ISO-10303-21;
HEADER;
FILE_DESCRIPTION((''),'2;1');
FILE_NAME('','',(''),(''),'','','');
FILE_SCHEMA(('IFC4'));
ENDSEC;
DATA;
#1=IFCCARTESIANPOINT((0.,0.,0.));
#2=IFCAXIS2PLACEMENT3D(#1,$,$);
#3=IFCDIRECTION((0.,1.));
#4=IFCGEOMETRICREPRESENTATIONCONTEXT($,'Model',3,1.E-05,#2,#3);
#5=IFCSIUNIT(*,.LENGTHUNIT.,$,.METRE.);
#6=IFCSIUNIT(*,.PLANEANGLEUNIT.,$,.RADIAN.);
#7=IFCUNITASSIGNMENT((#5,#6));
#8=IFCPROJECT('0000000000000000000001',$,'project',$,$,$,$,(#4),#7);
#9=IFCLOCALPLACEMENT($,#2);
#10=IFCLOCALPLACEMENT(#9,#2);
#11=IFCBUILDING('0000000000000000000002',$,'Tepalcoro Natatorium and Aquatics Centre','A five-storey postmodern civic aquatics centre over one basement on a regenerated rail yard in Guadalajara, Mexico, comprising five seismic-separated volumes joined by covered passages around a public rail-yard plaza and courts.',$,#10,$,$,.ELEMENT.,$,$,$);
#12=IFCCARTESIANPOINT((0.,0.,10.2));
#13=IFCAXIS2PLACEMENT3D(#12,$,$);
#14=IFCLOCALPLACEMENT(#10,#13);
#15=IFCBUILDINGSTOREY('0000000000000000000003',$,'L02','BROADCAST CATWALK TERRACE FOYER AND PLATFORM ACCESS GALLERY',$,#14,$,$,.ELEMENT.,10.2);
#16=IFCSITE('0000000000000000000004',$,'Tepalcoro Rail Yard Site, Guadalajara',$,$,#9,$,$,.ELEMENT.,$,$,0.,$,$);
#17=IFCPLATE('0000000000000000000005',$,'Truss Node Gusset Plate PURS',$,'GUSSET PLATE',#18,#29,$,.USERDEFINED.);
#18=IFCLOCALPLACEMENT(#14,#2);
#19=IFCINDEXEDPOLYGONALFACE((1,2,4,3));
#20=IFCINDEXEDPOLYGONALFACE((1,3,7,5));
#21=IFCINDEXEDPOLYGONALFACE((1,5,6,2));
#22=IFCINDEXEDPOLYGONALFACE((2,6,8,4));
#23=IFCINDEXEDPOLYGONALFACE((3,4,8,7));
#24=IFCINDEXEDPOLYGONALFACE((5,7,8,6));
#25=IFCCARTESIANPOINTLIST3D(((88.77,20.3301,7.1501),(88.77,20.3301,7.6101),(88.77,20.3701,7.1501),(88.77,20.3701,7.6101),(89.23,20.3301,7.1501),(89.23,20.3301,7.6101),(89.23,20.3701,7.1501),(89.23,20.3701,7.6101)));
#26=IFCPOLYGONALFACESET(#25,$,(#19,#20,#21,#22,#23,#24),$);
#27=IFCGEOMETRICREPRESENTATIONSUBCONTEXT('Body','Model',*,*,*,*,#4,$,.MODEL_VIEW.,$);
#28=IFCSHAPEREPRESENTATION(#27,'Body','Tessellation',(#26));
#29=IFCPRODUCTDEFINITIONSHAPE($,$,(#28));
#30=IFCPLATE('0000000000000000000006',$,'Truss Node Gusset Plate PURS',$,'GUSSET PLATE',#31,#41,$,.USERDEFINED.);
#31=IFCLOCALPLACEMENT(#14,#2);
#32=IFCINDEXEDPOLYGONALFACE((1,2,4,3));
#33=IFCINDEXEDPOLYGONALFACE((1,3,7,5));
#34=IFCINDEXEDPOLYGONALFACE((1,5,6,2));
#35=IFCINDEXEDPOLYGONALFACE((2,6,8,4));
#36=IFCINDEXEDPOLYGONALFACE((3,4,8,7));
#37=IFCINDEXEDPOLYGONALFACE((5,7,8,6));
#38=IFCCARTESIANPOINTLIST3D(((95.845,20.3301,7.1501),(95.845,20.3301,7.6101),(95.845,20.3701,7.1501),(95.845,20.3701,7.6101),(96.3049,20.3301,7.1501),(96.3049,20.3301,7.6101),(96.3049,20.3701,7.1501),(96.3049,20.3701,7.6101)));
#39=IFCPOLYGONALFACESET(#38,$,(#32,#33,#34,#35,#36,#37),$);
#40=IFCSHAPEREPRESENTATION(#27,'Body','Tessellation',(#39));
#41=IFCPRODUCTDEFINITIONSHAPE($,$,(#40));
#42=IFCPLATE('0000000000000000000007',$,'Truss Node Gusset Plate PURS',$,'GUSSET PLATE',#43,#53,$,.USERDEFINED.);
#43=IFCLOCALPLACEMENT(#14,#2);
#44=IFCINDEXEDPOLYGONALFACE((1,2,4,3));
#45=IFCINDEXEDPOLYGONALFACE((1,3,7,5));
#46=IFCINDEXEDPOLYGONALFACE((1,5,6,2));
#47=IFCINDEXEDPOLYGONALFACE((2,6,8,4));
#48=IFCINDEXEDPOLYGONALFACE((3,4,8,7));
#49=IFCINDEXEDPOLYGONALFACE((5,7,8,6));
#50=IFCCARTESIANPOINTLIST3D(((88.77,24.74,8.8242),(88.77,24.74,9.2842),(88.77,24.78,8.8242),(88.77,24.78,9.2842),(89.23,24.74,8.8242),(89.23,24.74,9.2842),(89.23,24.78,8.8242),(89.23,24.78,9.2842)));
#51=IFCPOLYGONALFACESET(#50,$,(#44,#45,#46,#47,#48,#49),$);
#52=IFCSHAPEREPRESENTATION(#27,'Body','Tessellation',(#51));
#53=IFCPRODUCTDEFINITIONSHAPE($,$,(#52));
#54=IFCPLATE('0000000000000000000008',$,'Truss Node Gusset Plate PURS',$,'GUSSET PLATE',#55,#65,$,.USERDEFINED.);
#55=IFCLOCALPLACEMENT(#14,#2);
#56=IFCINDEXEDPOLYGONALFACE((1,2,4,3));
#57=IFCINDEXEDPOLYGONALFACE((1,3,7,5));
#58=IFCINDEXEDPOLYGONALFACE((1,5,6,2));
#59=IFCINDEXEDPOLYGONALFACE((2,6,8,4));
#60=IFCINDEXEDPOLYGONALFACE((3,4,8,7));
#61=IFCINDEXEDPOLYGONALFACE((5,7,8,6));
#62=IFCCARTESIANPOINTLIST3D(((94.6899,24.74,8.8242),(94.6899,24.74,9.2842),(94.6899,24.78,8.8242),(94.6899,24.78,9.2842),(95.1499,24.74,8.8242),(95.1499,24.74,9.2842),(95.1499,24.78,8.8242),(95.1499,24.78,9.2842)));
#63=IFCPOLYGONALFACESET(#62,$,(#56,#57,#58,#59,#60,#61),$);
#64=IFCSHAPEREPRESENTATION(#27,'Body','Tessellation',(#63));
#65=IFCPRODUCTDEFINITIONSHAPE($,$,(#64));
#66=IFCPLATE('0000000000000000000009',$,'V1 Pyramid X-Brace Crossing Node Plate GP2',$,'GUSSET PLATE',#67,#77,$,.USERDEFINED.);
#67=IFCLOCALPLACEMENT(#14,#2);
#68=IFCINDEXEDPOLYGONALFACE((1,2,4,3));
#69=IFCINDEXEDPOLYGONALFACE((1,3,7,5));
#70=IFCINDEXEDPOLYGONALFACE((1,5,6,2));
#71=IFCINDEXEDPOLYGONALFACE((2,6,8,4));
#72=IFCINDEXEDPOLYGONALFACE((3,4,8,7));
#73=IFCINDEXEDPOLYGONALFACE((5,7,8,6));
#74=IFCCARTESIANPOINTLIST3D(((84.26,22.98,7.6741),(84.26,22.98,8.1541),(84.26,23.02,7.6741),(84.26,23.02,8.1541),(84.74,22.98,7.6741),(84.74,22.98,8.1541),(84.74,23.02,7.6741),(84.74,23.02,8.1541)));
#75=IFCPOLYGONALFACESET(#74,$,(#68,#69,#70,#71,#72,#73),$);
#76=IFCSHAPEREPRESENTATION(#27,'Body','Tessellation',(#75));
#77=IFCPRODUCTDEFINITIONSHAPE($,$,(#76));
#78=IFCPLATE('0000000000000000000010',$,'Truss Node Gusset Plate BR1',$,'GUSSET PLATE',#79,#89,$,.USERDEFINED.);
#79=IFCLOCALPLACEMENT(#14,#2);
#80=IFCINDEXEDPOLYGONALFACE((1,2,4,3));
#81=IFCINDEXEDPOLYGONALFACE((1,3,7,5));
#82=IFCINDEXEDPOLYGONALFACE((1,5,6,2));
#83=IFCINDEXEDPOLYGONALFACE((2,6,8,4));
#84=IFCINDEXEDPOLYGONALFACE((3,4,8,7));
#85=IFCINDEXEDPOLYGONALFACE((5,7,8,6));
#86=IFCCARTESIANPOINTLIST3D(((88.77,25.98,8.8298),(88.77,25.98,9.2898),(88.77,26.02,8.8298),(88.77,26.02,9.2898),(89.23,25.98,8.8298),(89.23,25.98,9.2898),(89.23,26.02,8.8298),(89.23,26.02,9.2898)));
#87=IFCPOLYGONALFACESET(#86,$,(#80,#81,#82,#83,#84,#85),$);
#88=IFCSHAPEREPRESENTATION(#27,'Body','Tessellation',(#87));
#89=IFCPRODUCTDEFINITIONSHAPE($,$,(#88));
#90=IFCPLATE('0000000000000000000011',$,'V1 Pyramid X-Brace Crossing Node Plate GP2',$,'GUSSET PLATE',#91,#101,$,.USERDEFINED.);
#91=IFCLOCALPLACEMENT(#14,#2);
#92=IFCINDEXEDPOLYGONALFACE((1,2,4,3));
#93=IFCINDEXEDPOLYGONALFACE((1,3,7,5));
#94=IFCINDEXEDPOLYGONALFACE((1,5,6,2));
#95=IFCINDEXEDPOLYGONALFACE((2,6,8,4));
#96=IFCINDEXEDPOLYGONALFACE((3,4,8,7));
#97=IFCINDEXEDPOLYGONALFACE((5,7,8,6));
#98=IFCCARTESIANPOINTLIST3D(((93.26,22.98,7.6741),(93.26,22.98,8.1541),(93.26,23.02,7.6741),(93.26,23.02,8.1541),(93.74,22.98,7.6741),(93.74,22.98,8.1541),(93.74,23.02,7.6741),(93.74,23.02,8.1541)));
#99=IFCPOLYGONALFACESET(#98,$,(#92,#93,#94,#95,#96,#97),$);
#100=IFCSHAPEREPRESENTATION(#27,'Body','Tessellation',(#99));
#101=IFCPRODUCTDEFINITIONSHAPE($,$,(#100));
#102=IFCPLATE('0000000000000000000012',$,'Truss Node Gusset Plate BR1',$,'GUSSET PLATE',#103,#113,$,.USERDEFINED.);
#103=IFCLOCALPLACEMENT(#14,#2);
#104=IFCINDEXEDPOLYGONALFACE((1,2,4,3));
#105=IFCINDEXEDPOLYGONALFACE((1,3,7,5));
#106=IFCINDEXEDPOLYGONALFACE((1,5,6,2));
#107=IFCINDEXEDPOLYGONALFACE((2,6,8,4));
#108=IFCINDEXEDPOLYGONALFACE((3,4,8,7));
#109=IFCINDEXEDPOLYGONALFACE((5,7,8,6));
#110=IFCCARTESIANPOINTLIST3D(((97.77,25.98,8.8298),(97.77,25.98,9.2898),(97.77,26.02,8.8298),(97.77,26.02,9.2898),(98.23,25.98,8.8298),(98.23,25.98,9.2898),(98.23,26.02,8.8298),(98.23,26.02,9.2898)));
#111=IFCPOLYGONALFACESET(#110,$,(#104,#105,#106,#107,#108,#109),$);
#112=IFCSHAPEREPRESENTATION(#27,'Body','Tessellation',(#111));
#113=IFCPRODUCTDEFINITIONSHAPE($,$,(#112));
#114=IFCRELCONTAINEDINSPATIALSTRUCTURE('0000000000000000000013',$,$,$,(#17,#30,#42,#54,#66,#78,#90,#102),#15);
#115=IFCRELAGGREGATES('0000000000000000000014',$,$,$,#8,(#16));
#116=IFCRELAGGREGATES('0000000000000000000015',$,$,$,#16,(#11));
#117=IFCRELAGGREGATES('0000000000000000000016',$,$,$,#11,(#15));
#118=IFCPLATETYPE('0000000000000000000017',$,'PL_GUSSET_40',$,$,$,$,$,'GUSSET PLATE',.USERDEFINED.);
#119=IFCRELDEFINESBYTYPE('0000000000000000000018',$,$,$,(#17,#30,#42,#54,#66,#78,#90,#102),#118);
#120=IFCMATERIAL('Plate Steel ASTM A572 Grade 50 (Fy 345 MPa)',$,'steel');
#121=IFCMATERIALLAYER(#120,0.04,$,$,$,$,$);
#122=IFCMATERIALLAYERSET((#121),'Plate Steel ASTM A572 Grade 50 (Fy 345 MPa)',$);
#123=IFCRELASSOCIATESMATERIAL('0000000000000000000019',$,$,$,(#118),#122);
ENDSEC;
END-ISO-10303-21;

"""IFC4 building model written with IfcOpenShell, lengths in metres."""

from ifc_helpers import new_model, si_unit, direction, frame, origin, origin_2d, place, context, subcontext, project, spatial, rectangle, extrude, material, layer, layer_set, type_object, element, save


model = new_model("IFC4")

# Units and contexts
model_context = context("Model", 3, precision=1e-05, world=origin(), true_north=direction((0.0, 1.0)))
body_context = subcontext(model_context, "Body", "Model", "MODEL_VIEW")
ifc_project = project(units=[si_unit("LENGTHUNIT", "METRE"), si_unit("PLANEANGLEUNIT", "RADIAN")], contexts=[model_context])

# Site, building, storey
site_placement = place(None, origin())
site = spatial("IfcSite", under=ifc_project, at=site_placement, Name="Tepalcoro Rail Yard Site, Guadalajara", CompositionType="ELEMENT", RefElevation=0.0)
building_placement = place(site_placement, origin())
building = spatial("IfcBuilding", under=site, at=building_placement, Name="Tepalcoro Natatorium and Aquatics Centre", Description="A five-storey postmodern civic aquatics centre over one basement on a regenerated rail yard in Guadalajara, Mexico, comprising five seismic-separated volumes joined by covered passages around a public rail-yard plaza and courts.", CompositionType="ELEMENT")
storey_placement = place(building_placement, frame((0.0, 0.0, 10.2)))
storey = spatial("IfcBuildingStorey", under=building, at=storey_placement, Name="L02", Description="BROADCAST CATWALK TERRACE FOYER AND PLATFORM ACCESS GALLERY", CompositionType="ELEMENT", Elevation=10.2)

# Plates
ifc_material_1 = material(Name="Plate Steel ASTM A572 Grade 50 (Fy 345 MPa)", Category="steel")
ifc_layer_1 = layer(ifc_material_1, 0.04)
ifc_layer_set_1 = layer_set([ifc_layer_1], Name="Plate Steel ASTM A572 Grade 50 (Fy 345 MPa)")
plate_type_1 = type_object("IfcPlateType", Name="PL_GUSSET_40", ElementType="GUSSET PLATE", PredefinedType="USERDEFINED", material=ifc_layer_set_1)
for number, where, z_axis, x_axis, name in (
    (1, (89.0, 20.3501, 7.1501), (0.0, 0.0, 1.0), (1.0, 0.0, 0.0), "Truss Node Gusset Plate PURS"),
    (2, (96.075, 20.3501, 7.1501), (0.0, 0.0, 1.0), (1.0, 0.0, 0.0), "Truss Node Gusset Plate PURS"),
    (3, (89.0, 24.76, 8.8242), (0.0, 0.0, 1.0), (1.0, 0.0, 0.0), "Truss Node Gusset Plate PURS"),
    (4, (94.9199, 24.76, 8.8242), (0.0, 0.0, 1.0), (1.0, 0.0, 0.0), "Truss Node Gusset Plate PURS"),
):
    element("IfcPlate", number, at=place(storey_placement, frame(where, z_axis=z_axis, x_axis=x_axis)), inside=storey, type_object=plate_type_1, Name=name, ObjectType="GUSSET PLATE", PredefinedType="USERDEFINED", context=body_context, shape_type="SweptSolid", body=[
        extrude(rectangle(XDim=0.46, YDim=0.04, at=origin_2d()), origin(), (0.0, 0.0, 1.0), 0.46),
    ])
plate_1_placement = place(storey_placement, frame((84.5, 23.0, 7.6741), z_axis=(0.0, 0.0, 1.0), x_axis=(1.0, 0.0, 0.0)))
element("IfcPlate", 5, at=plate_1_placement, inside=storey, type_object=plate_type_1, Name="V1 Pyramid X-Brace Crossing Node Plate GP2", ObjectType="GUSSET PLATE", PredefinedType="USERDEFINED", context=body_context, shape_type="SweptSolid", body=[
    extrude(rectangle(XDim=0.48, YDim=0.04, at=origin_2d()), origin(), (0.0, 0.0, 1.0), 0.48),
])
plate_2_placement = place(storey_placement, frame((89.0, 26.0, 8.8298), z_axis=(0.0, 0.0, 1.0), x_axis=(1.0, 0.0, 0.0)))
element("IfcPlate", 6, at=plate_2_placement, inside=storey, type_object=plate_type_1, Name="Truss Node Gusset Plate BR1", ObjectType="GUSSET PLATE", PredefinedType="USERDEFINED", context=body_context, shape_type="SweptSolid", body=[
    extrude(rectangle(XDim=0.46, YDim=0.04, at=origin_2d()), origin(), (0.0, 0.0, 1.0), 0.46),
])
plate_3_placement = place(storey_placement, frame((93.5, 23.0, 7.6741), z_axis=(0.0, 0.0, 1.0), x_axis=(1.0, 0.0, 0.0)))
element("IfcPlate", 7, at=plate_3_placement, inside=storey, type_object=plate_type_1, Name="V1 Pyramid X-Brace Crossing Node Plate GP2", ObjectType="GUSSET PLATE", PredefinedType="USERDEFINED", context=body_context, shape_type="SweptSolid", body=[
    extrude(rectangle(XDim=0.48, YDim=0.04, at=origin_2d()), origin(), (0.0, 0.0, 1.0), 0.48),
])
plate_4_placement = place(storey_placement, frame((98.0, 26.0, 8.8298), z_axis=(0.0, 0.0, 1.0), x_axis=(1.0, 0.0, 0.0)))
element("IfcPlate", 8, at=plate_4_placement, inside=storey, type_object=plate_type_1, Name="Truss Node Gusset Plate BR1", ObjectType="GUSSET PLATE", PredefinedType="USERDEFINED", context=body_context, shape_type="SweptSolid", body=[
    extrude(rectangle(XDim=0.46, YDim=0.04, at=origin_2d()), origin(), (0.0, 0.0, 1.0), 0.46),
])

save(model, "model.ifc")
